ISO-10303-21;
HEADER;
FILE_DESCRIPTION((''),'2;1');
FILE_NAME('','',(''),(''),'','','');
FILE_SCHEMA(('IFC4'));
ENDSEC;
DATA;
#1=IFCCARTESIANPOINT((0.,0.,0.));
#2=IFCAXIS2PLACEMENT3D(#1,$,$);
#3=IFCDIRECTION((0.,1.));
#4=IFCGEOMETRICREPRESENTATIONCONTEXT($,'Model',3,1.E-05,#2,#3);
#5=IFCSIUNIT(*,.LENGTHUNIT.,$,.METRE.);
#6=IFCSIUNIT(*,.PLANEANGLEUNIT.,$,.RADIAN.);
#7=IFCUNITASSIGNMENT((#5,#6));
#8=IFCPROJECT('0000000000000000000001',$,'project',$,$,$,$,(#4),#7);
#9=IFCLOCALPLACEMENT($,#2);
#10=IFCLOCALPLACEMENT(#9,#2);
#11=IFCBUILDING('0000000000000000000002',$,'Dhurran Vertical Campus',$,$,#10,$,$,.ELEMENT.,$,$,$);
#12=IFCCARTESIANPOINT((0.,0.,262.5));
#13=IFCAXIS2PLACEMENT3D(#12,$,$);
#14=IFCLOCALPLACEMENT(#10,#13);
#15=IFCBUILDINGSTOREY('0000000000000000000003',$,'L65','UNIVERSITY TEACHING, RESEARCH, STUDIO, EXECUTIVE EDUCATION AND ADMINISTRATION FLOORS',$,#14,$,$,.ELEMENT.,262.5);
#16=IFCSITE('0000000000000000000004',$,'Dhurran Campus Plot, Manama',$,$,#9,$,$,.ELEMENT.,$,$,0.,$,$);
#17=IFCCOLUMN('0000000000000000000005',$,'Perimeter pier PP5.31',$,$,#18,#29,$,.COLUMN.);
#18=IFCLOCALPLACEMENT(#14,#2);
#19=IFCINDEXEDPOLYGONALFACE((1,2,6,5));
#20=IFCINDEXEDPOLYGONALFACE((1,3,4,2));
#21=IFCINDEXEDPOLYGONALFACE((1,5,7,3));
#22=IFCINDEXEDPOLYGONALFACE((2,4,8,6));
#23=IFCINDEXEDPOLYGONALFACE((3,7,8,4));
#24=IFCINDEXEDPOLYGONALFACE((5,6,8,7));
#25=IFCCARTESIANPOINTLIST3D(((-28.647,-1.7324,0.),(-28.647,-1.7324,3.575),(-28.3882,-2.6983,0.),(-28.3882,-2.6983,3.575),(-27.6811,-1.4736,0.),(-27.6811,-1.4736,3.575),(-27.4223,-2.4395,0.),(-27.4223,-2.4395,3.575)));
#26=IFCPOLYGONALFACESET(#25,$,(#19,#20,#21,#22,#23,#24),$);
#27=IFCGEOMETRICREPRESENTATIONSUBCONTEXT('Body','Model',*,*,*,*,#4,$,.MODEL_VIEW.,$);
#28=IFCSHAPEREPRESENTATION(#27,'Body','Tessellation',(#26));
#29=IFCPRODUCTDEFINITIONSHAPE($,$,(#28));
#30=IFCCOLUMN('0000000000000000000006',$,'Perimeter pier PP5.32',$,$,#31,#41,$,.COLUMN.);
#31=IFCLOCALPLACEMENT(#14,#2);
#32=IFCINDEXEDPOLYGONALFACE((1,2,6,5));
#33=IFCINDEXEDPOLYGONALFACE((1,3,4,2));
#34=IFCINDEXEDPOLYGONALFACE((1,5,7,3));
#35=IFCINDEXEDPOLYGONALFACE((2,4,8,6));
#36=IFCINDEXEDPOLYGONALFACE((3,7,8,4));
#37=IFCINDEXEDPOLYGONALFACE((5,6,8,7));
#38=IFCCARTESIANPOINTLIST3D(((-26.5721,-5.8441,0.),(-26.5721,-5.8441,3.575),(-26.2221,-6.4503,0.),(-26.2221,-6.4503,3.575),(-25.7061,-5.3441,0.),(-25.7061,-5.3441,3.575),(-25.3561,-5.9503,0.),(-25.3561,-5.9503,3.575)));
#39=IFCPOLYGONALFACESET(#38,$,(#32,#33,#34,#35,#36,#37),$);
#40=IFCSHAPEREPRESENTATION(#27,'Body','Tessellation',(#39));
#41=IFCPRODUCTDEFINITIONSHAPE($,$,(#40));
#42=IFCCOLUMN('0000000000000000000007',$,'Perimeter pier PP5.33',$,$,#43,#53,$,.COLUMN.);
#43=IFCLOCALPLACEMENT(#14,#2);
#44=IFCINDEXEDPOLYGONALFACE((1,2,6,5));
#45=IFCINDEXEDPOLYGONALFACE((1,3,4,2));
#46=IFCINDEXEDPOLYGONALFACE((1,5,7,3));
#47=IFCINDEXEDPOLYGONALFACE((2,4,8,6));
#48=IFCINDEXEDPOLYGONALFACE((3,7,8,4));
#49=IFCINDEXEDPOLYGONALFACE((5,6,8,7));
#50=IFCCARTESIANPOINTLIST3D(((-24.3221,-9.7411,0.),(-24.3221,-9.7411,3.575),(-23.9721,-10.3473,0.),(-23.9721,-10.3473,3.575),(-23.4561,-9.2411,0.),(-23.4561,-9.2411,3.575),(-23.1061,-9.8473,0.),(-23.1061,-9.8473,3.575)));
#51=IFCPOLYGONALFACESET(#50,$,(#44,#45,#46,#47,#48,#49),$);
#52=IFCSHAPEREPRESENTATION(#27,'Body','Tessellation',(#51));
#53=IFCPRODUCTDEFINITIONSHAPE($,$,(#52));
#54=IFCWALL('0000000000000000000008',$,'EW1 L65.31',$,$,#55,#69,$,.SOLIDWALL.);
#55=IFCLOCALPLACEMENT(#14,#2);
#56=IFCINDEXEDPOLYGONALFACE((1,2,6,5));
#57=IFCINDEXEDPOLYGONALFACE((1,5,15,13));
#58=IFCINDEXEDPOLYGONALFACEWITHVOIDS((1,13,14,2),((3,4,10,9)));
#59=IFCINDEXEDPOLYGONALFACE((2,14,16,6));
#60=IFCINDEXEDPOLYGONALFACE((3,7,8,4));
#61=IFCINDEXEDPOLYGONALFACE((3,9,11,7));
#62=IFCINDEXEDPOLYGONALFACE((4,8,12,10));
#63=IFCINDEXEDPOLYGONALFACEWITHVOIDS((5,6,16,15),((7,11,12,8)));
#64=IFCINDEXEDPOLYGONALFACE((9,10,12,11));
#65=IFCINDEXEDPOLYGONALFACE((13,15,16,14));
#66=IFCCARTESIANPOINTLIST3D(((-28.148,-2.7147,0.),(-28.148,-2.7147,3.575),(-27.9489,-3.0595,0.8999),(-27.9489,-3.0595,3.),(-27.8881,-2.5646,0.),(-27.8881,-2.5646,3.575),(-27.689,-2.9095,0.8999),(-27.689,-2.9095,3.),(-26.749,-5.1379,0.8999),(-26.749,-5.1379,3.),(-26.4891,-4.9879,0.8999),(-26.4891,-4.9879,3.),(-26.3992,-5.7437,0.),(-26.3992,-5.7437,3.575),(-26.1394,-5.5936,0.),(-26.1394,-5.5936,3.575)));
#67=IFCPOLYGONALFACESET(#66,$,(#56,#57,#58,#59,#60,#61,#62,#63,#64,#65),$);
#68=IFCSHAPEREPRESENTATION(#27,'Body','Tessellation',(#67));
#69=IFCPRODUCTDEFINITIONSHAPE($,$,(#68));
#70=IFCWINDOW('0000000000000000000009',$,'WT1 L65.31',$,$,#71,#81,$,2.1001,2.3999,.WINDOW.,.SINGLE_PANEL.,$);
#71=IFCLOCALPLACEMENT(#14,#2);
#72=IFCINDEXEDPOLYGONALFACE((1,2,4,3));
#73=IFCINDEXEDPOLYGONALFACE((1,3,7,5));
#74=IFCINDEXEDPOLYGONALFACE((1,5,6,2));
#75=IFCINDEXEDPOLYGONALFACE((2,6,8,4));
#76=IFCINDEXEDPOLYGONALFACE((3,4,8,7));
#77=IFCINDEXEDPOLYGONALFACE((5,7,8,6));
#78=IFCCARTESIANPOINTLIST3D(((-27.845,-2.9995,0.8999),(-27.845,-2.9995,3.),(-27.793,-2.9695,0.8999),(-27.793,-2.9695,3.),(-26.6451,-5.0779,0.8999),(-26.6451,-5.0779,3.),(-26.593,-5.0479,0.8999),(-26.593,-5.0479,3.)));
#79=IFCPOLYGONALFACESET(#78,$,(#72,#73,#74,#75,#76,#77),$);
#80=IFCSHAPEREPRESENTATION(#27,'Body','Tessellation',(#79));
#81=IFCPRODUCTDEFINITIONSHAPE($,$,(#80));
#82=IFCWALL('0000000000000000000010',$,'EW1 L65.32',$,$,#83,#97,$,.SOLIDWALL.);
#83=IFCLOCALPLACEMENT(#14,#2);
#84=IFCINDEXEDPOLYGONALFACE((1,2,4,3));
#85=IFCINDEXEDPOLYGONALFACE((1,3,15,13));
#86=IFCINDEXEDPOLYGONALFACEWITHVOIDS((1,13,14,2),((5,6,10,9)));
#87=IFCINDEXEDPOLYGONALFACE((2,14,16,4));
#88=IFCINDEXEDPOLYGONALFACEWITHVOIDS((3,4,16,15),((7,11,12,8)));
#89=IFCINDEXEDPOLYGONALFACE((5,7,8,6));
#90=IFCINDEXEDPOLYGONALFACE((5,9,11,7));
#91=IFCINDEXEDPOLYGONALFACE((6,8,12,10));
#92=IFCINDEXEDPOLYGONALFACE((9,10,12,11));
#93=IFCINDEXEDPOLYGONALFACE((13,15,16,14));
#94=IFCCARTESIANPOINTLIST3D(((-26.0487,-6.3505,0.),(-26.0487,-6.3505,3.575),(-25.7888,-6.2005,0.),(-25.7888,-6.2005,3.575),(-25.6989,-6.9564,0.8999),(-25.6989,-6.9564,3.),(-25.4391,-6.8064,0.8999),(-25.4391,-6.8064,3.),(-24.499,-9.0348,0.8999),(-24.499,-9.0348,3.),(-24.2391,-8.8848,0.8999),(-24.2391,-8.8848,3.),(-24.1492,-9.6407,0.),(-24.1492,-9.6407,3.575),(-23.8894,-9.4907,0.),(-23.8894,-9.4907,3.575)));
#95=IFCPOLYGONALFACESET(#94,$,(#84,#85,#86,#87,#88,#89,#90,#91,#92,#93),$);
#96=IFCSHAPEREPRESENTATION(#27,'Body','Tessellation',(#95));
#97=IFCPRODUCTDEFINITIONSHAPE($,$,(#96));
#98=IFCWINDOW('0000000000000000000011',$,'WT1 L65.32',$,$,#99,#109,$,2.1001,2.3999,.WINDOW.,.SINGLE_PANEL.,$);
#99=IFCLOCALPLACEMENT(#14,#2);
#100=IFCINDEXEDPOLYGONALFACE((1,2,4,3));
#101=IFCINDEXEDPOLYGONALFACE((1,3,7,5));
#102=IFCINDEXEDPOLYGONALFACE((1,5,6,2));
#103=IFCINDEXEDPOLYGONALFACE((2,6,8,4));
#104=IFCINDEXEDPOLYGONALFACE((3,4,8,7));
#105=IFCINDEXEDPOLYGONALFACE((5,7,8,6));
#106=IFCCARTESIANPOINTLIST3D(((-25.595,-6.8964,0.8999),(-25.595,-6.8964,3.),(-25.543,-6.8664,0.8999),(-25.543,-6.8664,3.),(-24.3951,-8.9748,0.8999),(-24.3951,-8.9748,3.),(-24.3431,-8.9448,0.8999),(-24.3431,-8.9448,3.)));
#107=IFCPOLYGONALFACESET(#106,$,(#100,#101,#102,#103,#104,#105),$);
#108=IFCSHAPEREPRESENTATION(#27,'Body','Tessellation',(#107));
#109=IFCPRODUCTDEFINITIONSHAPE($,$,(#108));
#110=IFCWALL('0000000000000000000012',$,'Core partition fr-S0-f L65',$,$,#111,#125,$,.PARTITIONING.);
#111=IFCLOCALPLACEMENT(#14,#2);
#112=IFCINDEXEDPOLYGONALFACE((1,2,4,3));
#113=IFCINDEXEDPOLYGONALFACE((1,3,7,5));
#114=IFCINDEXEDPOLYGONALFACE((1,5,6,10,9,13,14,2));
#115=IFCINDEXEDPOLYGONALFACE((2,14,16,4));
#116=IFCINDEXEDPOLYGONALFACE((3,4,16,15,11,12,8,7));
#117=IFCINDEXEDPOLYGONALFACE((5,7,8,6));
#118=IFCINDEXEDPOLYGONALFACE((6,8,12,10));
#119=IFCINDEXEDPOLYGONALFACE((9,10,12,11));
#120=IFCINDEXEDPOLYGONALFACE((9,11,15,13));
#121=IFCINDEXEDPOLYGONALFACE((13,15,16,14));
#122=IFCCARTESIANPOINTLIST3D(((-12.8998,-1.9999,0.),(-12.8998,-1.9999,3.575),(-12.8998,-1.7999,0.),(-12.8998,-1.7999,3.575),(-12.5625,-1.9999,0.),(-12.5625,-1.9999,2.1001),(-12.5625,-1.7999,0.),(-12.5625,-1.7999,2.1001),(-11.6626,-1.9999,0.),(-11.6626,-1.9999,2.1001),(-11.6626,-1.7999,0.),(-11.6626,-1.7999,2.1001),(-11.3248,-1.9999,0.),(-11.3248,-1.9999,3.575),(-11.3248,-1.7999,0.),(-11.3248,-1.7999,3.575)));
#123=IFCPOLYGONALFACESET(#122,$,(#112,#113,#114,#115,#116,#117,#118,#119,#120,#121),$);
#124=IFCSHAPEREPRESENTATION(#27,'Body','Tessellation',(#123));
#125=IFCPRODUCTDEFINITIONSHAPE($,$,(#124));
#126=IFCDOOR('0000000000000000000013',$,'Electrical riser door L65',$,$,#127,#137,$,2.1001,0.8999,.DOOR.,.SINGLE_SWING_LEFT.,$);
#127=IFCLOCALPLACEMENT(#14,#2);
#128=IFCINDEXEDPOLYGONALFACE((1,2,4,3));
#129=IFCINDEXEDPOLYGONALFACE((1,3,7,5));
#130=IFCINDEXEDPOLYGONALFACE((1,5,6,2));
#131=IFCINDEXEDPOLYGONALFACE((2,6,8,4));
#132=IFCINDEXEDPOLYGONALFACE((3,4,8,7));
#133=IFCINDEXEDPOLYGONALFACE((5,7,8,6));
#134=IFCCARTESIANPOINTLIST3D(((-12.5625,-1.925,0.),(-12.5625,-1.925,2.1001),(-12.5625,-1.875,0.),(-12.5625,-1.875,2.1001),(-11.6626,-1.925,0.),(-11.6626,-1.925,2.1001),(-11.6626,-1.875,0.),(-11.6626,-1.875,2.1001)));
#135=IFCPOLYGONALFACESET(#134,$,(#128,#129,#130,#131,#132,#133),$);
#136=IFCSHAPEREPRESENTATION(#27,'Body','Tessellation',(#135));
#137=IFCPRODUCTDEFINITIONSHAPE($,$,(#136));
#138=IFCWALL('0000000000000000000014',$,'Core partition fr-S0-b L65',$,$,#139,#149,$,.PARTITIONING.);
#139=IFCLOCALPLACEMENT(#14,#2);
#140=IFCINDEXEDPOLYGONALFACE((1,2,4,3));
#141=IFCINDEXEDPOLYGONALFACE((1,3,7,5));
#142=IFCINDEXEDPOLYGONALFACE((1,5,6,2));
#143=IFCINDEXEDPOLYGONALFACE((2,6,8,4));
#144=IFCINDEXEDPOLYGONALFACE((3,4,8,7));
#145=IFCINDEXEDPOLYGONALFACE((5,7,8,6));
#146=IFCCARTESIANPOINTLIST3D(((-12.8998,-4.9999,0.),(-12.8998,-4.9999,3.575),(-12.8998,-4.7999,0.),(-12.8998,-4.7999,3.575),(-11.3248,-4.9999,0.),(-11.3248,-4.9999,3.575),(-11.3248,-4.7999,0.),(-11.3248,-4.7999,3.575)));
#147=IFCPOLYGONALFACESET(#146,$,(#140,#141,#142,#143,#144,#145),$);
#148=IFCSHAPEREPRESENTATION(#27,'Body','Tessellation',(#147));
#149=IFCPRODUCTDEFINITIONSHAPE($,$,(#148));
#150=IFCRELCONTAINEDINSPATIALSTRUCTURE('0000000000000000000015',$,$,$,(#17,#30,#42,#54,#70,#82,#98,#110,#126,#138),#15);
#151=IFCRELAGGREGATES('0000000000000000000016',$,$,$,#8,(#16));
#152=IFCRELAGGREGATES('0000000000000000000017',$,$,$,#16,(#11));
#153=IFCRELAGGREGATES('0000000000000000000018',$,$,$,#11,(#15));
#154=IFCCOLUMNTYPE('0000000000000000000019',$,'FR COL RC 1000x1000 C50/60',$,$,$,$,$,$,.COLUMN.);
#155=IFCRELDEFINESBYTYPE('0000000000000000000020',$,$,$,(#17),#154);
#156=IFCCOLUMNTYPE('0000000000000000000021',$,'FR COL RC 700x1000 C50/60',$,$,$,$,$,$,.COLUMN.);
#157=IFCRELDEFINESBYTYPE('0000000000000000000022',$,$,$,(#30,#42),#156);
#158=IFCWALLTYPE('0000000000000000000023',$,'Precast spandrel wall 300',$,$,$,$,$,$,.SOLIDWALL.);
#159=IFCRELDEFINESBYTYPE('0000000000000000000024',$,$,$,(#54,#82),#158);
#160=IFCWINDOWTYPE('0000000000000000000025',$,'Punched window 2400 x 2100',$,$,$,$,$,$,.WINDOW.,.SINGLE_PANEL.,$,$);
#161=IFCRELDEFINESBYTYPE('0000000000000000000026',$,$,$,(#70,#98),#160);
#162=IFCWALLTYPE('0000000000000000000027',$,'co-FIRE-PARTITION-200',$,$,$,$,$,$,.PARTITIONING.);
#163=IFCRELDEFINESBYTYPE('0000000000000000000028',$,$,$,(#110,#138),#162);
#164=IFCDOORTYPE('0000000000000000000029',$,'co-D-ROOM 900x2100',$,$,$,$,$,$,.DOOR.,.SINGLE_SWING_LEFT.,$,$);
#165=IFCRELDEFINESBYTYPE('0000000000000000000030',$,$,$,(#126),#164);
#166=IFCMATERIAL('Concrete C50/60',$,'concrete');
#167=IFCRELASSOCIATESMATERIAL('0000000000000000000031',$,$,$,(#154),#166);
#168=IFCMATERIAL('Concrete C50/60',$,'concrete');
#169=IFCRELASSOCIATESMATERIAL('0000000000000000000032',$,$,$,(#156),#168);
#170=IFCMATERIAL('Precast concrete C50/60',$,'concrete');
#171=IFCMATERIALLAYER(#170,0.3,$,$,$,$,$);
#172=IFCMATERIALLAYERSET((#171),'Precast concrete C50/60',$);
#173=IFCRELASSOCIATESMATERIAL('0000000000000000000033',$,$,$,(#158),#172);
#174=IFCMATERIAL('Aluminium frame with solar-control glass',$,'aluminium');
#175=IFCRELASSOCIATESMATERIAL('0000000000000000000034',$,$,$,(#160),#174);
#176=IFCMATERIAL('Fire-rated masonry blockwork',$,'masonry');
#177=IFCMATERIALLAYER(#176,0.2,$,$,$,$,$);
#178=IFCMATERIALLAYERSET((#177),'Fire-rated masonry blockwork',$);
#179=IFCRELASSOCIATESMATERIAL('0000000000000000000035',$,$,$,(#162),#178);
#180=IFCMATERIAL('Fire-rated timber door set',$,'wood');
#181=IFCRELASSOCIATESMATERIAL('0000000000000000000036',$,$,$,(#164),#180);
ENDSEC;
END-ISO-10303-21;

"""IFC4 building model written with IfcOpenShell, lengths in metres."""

from ifc_helpers import new_model, si_unit, direction, frame, frame_2d, origin, origin_2d, place, context, subcontext, project, spatial, rectangle, extrude, material, layer, layer_set, material_profile, profile_set, type_object, element, fill, save


model = new_model("IFC4")

# Units and contexts
model_context = context("Model", 3, precision=1e-05, world=origin(), true_north=direction((0.0, 1.0)))
body_context = subcontext(model_context, "Body", "Model", "MODEL_VIEW")
ifc_project = project(units=[si_unit("LENGTHUNIT", "METRE"), si_unit("PLANEANGLEUNIT", "RADIAN")], contexts=[model_context])

# Site, building, storey
site_placement = place(None, origin())
site = spatial("IfcSite", under=ifc_project, at=site_placement, Name="Dhurran Campus Plot, Manama", CompositionType="ELEMENT", RefElevation=0.0)
building_placement = place(site_placement, origin())
building = spatial("IfcBuilding", under=site, at=building_placement, Name="Dhurran Vertical Campus", CompositionType="ELEMENT")
storey_placement = place(building_placement, frame((0.0, 0.0, 262.5)))
storey = spatial("IfcBuildingStorey", under=building, at=storey_placement, Name="L65", Description="UNIVERSITY TEACHING, RESEARCH, STUDIO, EXECUTIVE EDUCATION AND ADMINISTRATION FLOORS", CompositionType="ELEMENT", Elevation=262.5)

# Columns
ifc_material_1 = material(Name="Concrete C50/60", Category="concrete")
ifc_material_profile_1 = material_profile(ifc_material_1, rectangle(XDim=1.0, YDim=1.0, at=origin_2d()), Name="RC 1000x1000")
ifc_profile_set_1 = profile_set([ifc_material_profile_1], Name="Concrete C50/60")
column_type_1 = type_object("IfcColumnType", Name="FR COL RC 1000x1000 C50/60", PredefinedType="COLUMN", material=ifc_profile_set_1)
column_placement = place(storey_placement, frame((-28.0347, -2.0859, 0.0), z_axis=(0.0, 0.0, 1.0), x_axis=(0.258819, -0.965926, 0.0)))
element("IfcColumn", 1, at=column_placement, inside=storey, type_object=column_type_1, Name="Perimeter pier PP5.31", PredefinedType="COLUMN", context=body_context, shape_type="SweptSolid", body=[
    extrude(rectangle(XDim=1.0, YDim=1.0, at=origin_2d()), origin(), (0.0, 0.0, 1.0), 3.575),
])
ifc_material_2 = material(Name="Concrete C50/60", Category="concrete")
ifc_material_profile_2 = material_profile(ifc_material_2, rectangle(XDim=0.7, YDim=1.0, at=origin_2d()), Name="RC 700x1000")
ifc_profile_set_2 = profile_set([ifc_material_profile_2], Name="Concrete C50/60")
column_type_2 = type_object("IfcColumnType", Name="FR COL RC 700x1000 C50/60", PredefinedType="COLUMN", material=ifc_profile_set_2)
for number, where, z_axis, x_axis, name in (
    (2, (-25.9641, -5.8972, 0.0), (0.0, 0.0, 1.0), (0.5, -0.866025, 0.0), "Perimeter pier PP5.32"),
    (3, (-23.7141, -9.7942, 0.0), (0.0, 0.0, 1.0), (0.5, -0.866025, 0.0), "Perimeter pier PP5.33"),
):
    element("IfcColumn", number, at=place(storey_placement, frame(where, z_axis=z_axis, x_axis=x_axis)), inside=storey, type_object=column_type_2, Name=name, PredefinedType="COLUMN", context=body_context, shape_type="SweptSolid", body=[
        extrude(rectangle(XDim=0.7, YDim=1.0, at=origin_2d()), origin(), (0.0, 0.0, 1.0), 3.575),
    ])

# Walls, openings, windows
ifc_material_3 = material(Name="Precast concrete C50/60", Category="concrete")
ifc_layer_1 = layer(ifc_material_3, 0.3)
ifc_layer_set_1 = layer_set([ifc_layer_1], Name="Precast concrete C50/60")
wall_type_1 = type_object("IfcWallType", Name="Precast spandrel wall 300", PredefinedType="SOLIDWALL", material=ifc_layer_set_1)
wall_1_placement = place(storey_placement, frame((-28.0181, -2.6396, 0.0), z_axis=(0.0, 0.0, 1.0), x_axis=(0.49999, -0.866031, 0.0)))
wall_1 = element("IfcWall", 4, at=wall_1_placement, inside=storey, type_object=wall_type_1, Name="EW1 L65.31", PredefinedType="SOLIDWALL", context=body_context, shape_type="SweptSolid", body=[
    extrude(rectangle(XDim=3.4976, YDim=0.3, at=frame_2d((1.7488, 0.0))), origin(), (0.0, 0.0, 1.0), 3.575),
])
opening_1_placement = place(wall_1_placement, frame((0.3982, 0.0, 0.8999)))
opening_1 = element("IfcOpeningElement", 5, at=opening_1_placement, cuts=wall_1, PredefinedType="OPENING", context=body_context, shape_type="SweptSolid", body=[
    extrude(rectangle(XDim=2.3999, YDim=2.1001, at=frame_2d((1.2, 1.05))), frame((0.0, 0.1599, 0.0), z_axis=(0.0, -1.0, 0.0), x_axis=(1.0, 0.0, 0.0)), (0.0, 0.0, 1.0), 0.3201),
])
ifc_material_4 = material(Name="Aluminium frame with solar-control glass", Category="aluminium")
window_type = type_object("IfcWindowType", Name="Punched window 2400 x 2100", PartitioningType="SINGLE_PANEL", PredefinedType="WINDOW", material=ifc_material_4)
window_1_placement = place(opening_1_placement, origin())
window_1 = element("IfcWindow", 6, at=window_1_placement, inside=storey, type_object=window_type, Name="WT1 L65.31", OverallHeight=2.1001, OverallWidth=2.3999, PartitioningType="SINGLE_PANEL", PredefinedType="WINDOW", context=body_context, shape_type="SweptSolid", body=[
    extrude(rectangle(XDim=2.3999, YDim=2.1001, at=frame_2d((1.2, 1.05))), frame((0.0, 0.03, 0.0), z_axis=(0.0, -1.0, 0.0), x_axis=(1.0, 0.0, 0.0)), (0.0, 0.0, 1.0), 0.0601),
])
fill(opening_1, window_1)
wall_2_placement = place(storey_placement, frame((-25.9187, -6.2756, 0.0), z_axis=(0.0, 0.0, 1.0), x_axis=(0.499982, -0.866036, 0.0)))
wall_2 = element("IfcWall", 7, at=wall_2_placement, inside=storey, type_object=wall_type_1, Name="EW1 L65.32", PredefinedType="SOLIDWALL", context=body_context, shape_type="SweptSolid", body=[
    extrude(rectangle(XDim=3.7991, YDim=0.3, at=frame_2d((1.8994, 0.0))), origin(), (0.0, 0.0, 1.0), 3.575),
])
opening_2_placement = place(wall_2_placement, frame((0.6995, 0.0, 0.8999)))
opening_2 = element("IfcOpeningElement", 8, at=opening_2_placement, cuts=wall_2, PredefinedType="OPENING", context=body_context, shape_type="SweptSolid", body=[
    extrude(rectangle(XDim=2.3999, YDim=2.1001, at=frame_2d((1.2, 1.05))), frame((0.0, 0.1599, 0.0), z_axis=(0.0, -1.0, 0.0), x_axis=(1.0, 0.0, 0.0)), (0.0, 0.0, 1.0), 0.3201),
])
window_2_placement = place(opening_2_placement, origin())
window_2 = element("IfcWindow", 9, at=window_2_placement, inside=storey, type_object=window_type, Name="WT1 L65.32", OverallHeight=2.1001, OverallWidth=2.3999, PartitioningType="SINGLE_PANEL", PredefinedType="WINDOW", context=body_context, shape_type="SweptSolid", body=[
    extrude(rectangle(XDim=2.3999, YDim=2.1001, at=frame_2d((1.2, 1.05))), frame((0.0, 0.03, 0.0), z_axis=(0.0, -1.0, 0.0), x_axis=(1.0, 0.0, 0.0)), (0.0, 0.0, 1.0), 0.0601),
])
fill(opening_2, window_2)

# Wall, opening, door
ifc_material_5 = material(Name="Fire-rated masonry blockwork", Category="masonry")
ifc_layer_2 = layer(ifc_material_5, 0.2)
ifc_layer_set_2 = layer_set([ifc_layer_2], Name="Fire-rated masonry blockwork")
wall_type_2 = type_object("IfcWallType", Name="co-FIRE-PARTITION-200", PredefinedType="PARTITIONING", material=ifc_layer_set_2)
wall_3_placement = place(storey_placement, frame((-12.8999, -1.8999, 0.0), z_axis=(0.0, 0.0, 1.0), x_axis=(1.0, 0.0, 0.0)))
wall_3 = element("IfcWall", 10, at=wall_3_placement, inside=storey, type_object=wall_type_2, Name="Core partition fr-S0-f L65", PredefinedType="PARTITIONING", context=body_context, shape_type="SweptSolid", body=[
    extrude(rectangle(XDim=1.575, YDim=0.2, at=frame_2d((0.7876, 0.0))), origin(), (0.0, 0.0, 1.0), 3.575),
])
opening_3_placement = place(wall_3_placement, frame((0.3374, 0.0, 0.0)))
opening_3 = element("IfcOpeningElement", 11, at=opening_3_placement, cuts=wall_3, PredefinedType="OPENING", context=body_context, shape_type="SweptSolid", body=[
    extrude(rectangle(XDim=0.8999, YDim=2.1001, at=frame_2d((0.45, 1.05))), frame((0.0, 0.1099, 0.0), z_axis=(0.0, -1.0, 0.0), x_axis=(1.0, 0.0, 0.0)), (0.0, 0.0, 1.0), 0.22),
])
ifc_material_6 = material(Name="Fire-rated timber door set", Category="wood")
door_type_1 = type_object("IfcDoorType", Name="co-D-ROOM 900x2100", OperationType="SINGLE_SWING_LEFT", PredefinedType="DOOR", material=ifc_material_6)
door_1_placement = place(opening_3_placement, origin())
door_1 = element("IfcDoor", 12, at=door_1_placement, inside=storey, type_object=door_type_1, Name="Electrical riser door L65", OperationType="SINGLE_SWING_LEFT", OverallHeight=2.1001, OverallWidth=0.8999, PredefinedType="DOOR", context=body_context, shape_type="SweptSolid", body=[
    extrude(rectangle(XDim=0.8999, YDim=2.1001, at=frame_2d((0.45, 1.05))), frame((0.0, 0.0249, 0.0), z_axis=(0.0, -1.0, 0.0), x_axis=(1.0, 0.0, 0.0)), (0.0, 0.0, 1.0), 0.05),
])
fill(opening_3, door_1)

# Wall
wall_4_placement = place(storey_placement, frame((-12.8999, -4.8999, 0.0), z_axis=(0.0, 0.0, 1.0), x_axis=(1.0, 0.0, 0.0)))
element("IfcWall", 13, at=wall_4_placement, inside=storey, type_object=wall_type_2, Name="Core partition fr-S0-b L65", PredefinedType="PARTITIONING", context=body_context, shape_type="SweptSolid", body=[
    extrude(rectangle(XDim=1.575, YDim=0.2, at=frame_2d((0.7876, 0.0))), origin(), (0.0, 0.0, 1.0), 3.575),
])

save(model, "model.ifc")
